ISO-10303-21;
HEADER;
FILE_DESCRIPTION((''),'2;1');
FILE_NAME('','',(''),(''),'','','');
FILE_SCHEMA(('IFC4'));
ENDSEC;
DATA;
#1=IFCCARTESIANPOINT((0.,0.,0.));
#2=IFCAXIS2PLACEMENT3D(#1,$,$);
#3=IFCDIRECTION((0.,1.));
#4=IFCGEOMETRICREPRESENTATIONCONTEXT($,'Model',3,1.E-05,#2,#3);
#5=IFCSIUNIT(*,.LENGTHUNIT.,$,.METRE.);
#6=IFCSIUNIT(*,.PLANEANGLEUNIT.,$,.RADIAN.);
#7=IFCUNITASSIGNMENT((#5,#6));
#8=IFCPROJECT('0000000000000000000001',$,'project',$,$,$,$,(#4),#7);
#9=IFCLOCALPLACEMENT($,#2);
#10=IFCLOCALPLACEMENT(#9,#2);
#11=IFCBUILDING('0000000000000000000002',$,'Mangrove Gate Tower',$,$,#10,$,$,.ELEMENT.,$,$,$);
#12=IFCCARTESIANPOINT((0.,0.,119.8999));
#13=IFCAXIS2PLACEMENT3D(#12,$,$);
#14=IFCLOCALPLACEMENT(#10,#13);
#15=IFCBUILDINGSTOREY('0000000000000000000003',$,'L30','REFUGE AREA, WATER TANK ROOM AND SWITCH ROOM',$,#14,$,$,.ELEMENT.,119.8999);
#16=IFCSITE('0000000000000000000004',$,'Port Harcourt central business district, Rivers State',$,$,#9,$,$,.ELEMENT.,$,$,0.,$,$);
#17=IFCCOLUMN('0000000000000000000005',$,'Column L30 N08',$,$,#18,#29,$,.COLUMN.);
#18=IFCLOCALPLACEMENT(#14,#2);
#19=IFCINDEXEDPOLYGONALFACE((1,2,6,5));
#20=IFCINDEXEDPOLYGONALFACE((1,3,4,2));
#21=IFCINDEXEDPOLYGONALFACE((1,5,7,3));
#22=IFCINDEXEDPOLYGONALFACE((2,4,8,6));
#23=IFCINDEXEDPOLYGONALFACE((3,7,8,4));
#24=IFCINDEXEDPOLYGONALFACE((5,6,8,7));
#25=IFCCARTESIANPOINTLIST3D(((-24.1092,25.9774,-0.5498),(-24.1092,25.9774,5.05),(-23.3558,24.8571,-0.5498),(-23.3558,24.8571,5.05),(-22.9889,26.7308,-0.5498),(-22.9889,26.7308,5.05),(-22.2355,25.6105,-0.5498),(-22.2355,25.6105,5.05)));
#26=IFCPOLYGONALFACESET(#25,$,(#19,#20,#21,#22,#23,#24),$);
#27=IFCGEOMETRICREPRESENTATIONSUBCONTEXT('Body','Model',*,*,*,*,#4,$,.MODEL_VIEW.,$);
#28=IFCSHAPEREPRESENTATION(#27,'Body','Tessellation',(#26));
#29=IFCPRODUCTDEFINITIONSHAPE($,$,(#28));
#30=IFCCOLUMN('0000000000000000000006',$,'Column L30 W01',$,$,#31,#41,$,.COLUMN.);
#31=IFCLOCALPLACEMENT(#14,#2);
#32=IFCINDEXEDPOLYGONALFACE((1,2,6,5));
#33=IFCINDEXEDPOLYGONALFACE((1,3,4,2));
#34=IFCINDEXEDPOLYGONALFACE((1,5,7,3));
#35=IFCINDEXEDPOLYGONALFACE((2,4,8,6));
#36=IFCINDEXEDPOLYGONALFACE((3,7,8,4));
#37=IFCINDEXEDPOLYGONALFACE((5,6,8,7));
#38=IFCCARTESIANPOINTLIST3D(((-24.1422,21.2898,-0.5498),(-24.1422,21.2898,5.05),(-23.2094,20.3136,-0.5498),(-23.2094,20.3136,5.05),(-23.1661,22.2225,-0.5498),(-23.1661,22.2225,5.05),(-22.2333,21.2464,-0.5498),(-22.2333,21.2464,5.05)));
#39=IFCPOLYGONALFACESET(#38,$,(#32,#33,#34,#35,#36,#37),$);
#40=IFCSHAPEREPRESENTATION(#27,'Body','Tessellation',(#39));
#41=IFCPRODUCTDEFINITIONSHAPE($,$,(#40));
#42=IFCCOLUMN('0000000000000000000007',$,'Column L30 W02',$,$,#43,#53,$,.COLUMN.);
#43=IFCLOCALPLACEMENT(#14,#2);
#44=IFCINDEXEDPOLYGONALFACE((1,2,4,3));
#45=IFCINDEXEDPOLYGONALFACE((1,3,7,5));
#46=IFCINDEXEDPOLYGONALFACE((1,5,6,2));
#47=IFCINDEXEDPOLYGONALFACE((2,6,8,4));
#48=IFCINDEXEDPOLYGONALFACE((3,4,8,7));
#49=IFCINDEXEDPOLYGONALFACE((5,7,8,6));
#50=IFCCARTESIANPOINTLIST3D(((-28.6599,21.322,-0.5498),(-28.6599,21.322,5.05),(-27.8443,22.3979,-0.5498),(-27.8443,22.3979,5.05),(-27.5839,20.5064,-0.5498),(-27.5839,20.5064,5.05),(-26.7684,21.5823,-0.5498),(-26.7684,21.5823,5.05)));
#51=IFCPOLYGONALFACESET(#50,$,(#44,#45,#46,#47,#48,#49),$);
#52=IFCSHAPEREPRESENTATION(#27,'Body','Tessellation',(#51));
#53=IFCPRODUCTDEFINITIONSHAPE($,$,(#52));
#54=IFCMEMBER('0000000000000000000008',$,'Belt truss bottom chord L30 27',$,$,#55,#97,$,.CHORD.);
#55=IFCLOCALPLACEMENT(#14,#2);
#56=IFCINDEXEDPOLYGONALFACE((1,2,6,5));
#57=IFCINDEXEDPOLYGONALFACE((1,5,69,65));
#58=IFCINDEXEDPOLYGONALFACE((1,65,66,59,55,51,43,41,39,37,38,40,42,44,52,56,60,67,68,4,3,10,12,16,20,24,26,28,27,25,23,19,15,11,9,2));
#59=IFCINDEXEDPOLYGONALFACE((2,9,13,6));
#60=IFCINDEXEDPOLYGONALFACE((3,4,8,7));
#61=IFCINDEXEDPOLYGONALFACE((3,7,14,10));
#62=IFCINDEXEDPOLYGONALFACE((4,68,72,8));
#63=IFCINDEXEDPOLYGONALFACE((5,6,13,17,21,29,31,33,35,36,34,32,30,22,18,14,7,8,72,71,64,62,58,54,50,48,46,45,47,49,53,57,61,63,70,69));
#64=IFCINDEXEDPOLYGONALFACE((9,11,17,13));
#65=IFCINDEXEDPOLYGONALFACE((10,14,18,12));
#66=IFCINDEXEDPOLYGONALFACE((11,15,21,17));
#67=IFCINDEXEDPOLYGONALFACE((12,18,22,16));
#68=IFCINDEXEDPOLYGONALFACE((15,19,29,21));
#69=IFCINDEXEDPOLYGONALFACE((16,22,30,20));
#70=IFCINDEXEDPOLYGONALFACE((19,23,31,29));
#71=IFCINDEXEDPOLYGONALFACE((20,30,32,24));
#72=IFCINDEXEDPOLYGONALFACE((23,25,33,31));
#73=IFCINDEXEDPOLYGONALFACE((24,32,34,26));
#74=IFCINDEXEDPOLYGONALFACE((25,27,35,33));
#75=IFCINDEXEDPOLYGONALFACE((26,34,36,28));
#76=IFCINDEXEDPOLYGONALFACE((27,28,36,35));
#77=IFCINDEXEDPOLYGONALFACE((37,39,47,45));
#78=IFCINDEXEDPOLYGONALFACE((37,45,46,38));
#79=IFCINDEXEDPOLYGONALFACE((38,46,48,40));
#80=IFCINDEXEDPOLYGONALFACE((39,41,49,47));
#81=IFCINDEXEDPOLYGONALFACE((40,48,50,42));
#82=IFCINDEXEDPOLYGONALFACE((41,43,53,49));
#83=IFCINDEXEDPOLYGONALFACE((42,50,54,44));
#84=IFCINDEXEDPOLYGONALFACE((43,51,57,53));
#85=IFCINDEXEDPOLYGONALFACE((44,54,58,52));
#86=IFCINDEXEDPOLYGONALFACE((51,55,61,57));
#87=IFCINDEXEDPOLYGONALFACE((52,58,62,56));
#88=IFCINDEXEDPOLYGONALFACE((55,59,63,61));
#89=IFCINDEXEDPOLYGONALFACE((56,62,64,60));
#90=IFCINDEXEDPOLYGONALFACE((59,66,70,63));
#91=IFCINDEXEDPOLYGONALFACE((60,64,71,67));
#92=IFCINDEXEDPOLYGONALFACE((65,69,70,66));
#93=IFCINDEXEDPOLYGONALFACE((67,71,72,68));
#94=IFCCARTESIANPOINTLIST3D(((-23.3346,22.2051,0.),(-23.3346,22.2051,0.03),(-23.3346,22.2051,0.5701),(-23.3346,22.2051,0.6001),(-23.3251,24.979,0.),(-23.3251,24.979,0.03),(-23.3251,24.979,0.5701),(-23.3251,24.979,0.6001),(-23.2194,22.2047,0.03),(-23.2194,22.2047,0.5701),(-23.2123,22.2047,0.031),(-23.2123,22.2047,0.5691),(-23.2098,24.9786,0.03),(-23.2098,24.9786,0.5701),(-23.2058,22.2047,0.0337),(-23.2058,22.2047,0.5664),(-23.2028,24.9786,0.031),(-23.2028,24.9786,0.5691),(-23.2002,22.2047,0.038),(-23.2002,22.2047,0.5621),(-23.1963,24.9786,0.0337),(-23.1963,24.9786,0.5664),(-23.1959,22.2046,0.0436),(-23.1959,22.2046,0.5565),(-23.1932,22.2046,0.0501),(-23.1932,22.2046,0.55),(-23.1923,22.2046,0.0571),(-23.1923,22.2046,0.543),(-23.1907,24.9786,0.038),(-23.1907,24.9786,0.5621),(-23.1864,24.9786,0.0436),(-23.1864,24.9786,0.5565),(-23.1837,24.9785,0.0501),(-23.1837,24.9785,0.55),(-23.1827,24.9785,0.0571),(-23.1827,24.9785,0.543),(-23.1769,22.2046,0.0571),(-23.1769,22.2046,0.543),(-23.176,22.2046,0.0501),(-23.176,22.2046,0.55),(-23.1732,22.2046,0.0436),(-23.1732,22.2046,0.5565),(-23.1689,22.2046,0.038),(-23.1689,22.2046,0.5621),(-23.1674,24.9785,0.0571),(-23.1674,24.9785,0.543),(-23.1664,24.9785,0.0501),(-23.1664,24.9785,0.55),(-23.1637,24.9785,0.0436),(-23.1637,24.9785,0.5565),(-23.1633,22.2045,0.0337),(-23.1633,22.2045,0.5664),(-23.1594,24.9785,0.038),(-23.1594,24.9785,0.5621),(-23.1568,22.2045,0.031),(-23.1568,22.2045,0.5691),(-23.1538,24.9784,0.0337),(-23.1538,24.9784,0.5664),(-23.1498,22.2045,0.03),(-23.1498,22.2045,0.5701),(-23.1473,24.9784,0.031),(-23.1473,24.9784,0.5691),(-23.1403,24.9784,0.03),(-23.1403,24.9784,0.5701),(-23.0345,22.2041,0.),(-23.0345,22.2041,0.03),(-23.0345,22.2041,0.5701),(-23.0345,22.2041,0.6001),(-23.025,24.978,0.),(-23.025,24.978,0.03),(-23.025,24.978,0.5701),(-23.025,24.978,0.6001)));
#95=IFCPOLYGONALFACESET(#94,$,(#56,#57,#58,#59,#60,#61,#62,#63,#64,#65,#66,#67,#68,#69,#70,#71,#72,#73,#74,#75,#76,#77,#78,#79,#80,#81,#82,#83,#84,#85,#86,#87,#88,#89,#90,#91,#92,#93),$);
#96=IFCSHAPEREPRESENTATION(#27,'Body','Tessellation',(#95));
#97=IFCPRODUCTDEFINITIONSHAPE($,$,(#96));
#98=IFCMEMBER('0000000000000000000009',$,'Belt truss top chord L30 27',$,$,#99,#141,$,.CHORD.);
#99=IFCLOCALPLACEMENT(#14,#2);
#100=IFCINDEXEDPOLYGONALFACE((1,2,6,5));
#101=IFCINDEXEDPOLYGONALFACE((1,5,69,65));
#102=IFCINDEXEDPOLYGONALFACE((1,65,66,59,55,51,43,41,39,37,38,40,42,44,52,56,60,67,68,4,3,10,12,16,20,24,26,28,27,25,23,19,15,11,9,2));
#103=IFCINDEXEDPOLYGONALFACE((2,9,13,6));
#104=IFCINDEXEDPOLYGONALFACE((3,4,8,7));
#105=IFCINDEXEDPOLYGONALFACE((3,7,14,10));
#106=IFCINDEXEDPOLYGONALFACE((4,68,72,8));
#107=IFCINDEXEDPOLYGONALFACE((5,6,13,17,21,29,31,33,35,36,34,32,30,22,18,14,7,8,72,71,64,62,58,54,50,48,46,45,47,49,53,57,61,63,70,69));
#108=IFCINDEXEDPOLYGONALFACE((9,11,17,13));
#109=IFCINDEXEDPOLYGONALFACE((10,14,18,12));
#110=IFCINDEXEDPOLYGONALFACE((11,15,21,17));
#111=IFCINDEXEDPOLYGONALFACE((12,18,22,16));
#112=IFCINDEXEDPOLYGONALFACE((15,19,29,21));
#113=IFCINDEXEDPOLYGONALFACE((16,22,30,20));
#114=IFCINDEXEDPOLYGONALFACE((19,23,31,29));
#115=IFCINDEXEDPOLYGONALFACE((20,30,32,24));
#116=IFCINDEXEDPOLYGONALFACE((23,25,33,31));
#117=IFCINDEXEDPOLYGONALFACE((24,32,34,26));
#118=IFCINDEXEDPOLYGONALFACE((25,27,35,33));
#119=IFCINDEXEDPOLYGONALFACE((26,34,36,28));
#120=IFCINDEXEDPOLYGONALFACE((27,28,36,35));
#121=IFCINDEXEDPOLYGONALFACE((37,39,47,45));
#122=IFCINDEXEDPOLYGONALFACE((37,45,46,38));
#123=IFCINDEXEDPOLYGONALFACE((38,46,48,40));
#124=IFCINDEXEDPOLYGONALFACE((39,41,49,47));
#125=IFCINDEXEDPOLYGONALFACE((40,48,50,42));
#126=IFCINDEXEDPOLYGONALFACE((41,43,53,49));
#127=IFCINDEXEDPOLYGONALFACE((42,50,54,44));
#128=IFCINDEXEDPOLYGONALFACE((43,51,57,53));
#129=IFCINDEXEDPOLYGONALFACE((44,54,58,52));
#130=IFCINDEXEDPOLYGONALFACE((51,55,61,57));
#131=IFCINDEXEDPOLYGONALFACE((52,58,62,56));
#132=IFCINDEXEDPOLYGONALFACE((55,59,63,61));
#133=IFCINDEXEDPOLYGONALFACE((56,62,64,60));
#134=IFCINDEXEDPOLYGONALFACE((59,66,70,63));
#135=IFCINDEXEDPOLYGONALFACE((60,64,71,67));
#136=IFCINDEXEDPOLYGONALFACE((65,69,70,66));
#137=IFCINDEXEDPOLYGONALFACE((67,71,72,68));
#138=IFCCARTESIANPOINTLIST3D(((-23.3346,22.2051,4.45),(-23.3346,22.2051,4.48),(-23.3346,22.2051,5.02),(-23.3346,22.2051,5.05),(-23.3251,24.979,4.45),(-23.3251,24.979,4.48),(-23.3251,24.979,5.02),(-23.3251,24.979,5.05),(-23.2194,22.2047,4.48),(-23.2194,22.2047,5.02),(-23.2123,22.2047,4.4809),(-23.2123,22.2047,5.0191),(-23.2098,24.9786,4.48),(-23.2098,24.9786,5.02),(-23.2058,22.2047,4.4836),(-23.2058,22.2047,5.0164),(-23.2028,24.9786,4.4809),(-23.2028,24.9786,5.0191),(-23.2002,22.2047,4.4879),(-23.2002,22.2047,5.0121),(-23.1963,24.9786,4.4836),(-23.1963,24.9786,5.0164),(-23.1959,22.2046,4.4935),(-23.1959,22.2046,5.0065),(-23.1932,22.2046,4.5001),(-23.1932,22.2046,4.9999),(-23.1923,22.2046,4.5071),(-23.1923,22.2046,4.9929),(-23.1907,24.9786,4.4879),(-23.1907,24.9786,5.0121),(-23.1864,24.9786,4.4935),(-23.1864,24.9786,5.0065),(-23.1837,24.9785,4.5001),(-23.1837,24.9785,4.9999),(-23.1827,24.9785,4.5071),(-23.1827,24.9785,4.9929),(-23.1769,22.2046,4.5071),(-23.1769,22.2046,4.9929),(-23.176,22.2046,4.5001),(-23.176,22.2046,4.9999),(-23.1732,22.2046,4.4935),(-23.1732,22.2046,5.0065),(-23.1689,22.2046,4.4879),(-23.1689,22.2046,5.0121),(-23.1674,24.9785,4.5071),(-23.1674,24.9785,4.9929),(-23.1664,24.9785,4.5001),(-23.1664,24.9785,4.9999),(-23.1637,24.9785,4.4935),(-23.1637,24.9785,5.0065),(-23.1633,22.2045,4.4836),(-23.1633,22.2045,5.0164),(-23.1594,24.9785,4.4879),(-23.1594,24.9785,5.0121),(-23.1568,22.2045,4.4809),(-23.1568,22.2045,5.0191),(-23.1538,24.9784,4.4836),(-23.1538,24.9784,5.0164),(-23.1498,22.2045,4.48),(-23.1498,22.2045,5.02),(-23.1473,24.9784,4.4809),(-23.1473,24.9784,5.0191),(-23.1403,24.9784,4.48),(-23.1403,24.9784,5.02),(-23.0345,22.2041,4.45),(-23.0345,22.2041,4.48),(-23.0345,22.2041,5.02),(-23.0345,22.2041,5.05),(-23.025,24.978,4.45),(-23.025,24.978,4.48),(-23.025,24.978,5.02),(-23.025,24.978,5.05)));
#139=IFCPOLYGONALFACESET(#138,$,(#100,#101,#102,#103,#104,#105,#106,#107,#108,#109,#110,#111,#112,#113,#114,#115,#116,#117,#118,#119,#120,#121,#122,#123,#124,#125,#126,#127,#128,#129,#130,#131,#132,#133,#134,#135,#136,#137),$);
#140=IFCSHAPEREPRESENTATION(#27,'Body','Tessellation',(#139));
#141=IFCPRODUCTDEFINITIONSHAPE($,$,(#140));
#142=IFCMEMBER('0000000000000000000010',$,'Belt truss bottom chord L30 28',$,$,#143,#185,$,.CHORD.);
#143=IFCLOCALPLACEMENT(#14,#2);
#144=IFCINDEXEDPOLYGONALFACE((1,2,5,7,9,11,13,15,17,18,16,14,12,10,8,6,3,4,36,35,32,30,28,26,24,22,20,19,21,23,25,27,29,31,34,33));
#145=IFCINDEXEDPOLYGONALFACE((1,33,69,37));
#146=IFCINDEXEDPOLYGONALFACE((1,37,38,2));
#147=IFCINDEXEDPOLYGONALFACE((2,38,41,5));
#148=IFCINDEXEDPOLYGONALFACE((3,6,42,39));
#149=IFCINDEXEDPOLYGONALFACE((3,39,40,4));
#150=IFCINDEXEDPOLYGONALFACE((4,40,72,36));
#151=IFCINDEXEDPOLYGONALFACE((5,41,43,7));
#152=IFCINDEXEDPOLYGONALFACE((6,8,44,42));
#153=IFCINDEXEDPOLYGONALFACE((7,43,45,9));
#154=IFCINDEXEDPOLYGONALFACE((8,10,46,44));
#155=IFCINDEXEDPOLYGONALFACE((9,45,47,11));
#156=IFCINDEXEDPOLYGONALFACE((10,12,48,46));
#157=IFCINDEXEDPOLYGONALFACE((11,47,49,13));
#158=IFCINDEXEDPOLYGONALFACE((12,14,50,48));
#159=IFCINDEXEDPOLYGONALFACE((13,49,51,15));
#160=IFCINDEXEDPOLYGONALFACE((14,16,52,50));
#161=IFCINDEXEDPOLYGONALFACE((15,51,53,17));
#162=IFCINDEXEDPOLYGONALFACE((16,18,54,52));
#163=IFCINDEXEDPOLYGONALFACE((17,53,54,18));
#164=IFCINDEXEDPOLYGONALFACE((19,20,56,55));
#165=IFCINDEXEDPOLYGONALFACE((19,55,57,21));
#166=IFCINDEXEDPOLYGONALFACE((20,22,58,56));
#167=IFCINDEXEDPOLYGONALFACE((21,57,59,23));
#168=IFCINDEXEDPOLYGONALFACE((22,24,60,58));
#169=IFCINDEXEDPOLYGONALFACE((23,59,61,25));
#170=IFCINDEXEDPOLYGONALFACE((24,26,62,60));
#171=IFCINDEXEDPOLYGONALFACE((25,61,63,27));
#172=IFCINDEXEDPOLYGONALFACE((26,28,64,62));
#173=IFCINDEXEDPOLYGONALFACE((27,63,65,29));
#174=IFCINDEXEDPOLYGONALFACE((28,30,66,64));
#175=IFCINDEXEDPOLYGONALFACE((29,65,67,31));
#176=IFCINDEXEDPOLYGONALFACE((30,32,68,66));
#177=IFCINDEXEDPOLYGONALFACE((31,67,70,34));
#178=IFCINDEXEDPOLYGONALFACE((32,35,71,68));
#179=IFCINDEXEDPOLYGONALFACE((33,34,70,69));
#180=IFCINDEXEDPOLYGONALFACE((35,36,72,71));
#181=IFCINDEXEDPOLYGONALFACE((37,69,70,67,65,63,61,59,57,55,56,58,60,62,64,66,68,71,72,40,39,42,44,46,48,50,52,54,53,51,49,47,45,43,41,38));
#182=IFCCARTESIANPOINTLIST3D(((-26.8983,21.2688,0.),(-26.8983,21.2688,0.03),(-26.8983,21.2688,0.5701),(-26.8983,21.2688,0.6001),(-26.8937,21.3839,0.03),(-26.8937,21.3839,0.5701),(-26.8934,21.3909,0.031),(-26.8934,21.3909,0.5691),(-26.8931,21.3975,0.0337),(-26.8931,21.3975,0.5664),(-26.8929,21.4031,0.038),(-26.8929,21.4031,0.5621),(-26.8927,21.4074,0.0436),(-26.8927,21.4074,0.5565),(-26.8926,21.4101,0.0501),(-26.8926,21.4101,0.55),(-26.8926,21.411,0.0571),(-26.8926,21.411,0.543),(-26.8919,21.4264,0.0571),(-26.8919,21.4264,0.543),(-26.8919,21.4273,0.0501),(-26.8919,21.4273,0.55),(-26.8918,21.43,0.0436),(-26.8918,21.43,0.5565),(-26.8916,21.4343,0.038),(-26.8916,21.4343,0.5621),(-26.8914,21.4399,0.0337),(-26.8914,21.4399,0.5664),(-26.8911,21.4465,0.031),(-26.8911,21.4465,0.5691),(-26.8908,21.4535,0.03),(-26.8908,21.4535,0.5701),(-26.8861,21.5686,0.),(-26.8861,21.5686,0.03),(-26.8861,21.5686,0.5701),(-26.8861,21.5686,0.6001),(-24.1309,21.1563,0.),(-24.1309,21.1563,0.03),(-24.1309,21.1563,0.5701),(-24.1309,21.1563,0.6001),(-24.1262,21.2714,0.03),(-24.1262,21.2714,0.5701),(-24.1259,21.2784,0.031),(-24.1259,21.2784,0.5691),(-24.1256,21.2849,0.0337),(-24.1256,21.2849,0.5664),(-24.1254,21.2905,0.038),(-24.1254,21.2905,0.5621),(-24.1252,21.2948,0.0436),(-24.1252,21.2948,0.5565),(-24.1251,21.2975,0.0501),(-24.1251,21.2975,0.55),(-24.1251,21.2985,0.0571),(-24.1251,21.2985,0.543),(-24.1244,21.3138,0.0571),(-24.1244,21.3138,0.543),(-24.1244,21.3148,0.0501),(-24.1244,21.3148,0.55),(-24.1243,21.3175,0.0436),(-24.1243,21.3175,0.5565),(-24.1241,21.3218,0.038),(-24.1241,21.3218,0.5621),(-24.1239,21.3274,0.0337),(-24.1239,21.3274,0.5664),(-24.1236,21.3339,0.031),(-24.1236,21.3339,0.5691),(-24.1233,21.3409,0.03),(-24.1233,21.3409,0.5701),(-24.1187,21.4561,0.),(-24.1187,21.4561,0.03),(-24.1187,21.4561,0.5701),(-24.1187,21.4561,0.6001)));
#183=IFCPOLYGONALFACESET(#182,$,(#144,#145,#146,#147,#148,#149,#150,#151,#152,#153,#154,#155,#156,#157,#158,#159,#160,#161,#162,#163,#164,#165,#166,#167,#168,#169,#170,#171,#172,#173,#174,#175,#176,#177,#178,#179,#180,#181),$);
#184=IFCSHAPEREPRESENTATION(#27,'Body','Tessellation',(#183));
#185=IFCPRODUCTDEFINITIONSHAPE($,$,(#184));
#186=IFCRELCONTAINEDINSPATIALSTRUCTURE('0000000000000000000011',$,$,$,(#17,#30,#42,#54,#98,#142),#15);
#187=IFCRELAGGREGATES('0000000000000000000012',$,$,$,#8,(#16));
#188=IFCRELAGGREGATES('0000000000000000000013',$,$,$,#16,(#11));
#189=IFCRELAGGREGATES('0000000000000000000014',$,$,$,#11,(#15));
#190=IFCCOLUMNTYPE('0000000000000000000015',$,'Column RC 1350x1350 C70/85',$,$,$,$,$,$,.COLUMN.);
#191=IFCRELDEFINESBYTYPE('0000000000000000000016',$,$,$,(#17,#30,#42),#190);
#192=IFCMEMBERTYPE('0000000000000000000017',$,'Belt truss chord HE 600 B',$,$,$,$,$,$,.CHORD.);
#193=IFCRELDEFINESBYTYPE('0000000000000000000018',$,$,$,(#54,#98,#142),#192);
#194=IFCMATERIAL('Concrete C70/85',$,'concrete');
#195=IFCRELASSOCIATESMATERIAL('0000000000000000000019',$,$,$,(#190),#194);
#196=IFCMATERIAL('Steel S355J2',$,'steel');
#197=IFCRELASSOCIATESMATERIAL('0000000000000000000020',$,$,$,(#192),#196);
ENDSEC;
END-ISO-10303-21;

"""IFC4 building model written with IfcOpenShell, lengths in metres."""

from ifc_helpers import new_model, si_unit, direction, frame, origin, origin_2d, place, context, subcontext, project, spatial, rectangle, i_section, extrude, material, material_profile, profile_set, type_object, element, save


model = new_model("IFC4")

# Units and contexts
model_context = context("Model", 3, precision=1e-05, world=origin(), true_north=direction((0.0, 1.0)))
body_context = subcontext(model_context, "Body", "Model", "MODEL_VIEW")
ifc_project = project(units=[si_unit("LENGTHUNIT", "METRE"), si_unit("PLANEANGLEUNIT", "RADIAN")], contexts=[model_context])

# Site, building, storey
site_placement = place(None, origin())
site = spatial("IfcSite", under=ifc_project, at=site_placement, Name="Port Harcourt central business district, Rivers State", CompositionType="ELEMENT", RefElevation=0.0)
building_placement = place(site_placement, origin())
building = spatial("IfcBuilding", under=site, at=building_placement, Name="Mangrove Gate Tower", CompositionType="ELEMENT")
storey_placement = place(building_placement, frame((0.0, 0.0, 119.8999)))
storey = spatial("IfcBuildingStorey", under=building, at=storey_placement, Name="L30", Description="REFUGE AREA, WATER TANK ROOM AND SWITCH ROOM", CompositionType="ELEMENT", Elevation=119.8999)

# Columns
ifc_material_1 = material(Name="Concrete C70/85", Category="concrete")
ifc_material_profile_1 = material_profile(ifc_material_1, rectangle(XDim=1.3501, YDim=1.3501, at=origin_2d()))
ifc_profile_set_1 = profile_set([ifc_material_profile_1], Name="Concrete C70/85")
column_type = type_object("IfcColumnType", Name="Column RC 1350x1350 C70/85", PredefinedType="COLUMN", material=ifc_profile_set_1)
for number, where, z_axis, x_axis, name in (
    (1, (-23.1724, 25.7939, -0.5498), (0.0, 0.0, 1.0), (-0.829826, -0.558023, 0.0), "Column L30 N08"),
    (2, (-23.1877, 21.2681, -0.5498), (0.0, 0.0, 1.0), (-0.722989, -0.69086, 0.0), "Column L30 W01"),
    (3, (-27.7141, 21.4521, -0.5498), (0.0, 0.0, 1.0), (-0.604088, -0.796917, 0.0), "Column L30 W02"),
):
    element("IfcColumn", number, at=place(storey_placement, frame(where, z_axis=z_axis, x_axis=x_axis)), inside=storey, type_object=column_type, Name=name, PredefinedType="COLUMN", context=body_context, shape_type="SweptSolid", body=[
        extrude(rectangle(XDim=1.3501, YDim=1.3501, at=origin_2d()), origin(), (0.0, 0.0, 1.0), 5.5999),
    ])

# Members
ifc_material_2 = material(Name="Steel S355J2", Category="steel")
ifc_material_profile_2 = material_profile(ifc_material_2, i_section(OverallWidth=0.3, OverallDepth=0.6001, WebThickness=0.0154, FlangeThickness=0.03, FilletRadius=0.0271, at=origin_2d()))
ifc_profile_set_2 = profile_set([ifc_material_profile_2], Name="Steel S355J2")
member_type_1 = type_object("IfcMemberType", Name="Belt truss chord HE 600 B", PredefinedType="CHORD", material=ifc_profile_set_2)
for number, where, z_axis, x_axis, name in (
    (4, (-23.175, 24.9785, 0.3), (-0.003432, -0.999994, 0.0), (0.999994, -0.003432, 0.0), "Belt truss bottom chord L30 27"),
    (5, (-23.175, 24.9785, 4.75), (-0.003432, -0.999994, 0.0), (0.999994, -0.003432, 0.0), "Belt truss top chord L30 27"),
):
    element("IfcMember", number, at=place(storey_placement, frame(where, z_axis=z_axis, x_axis=x_axis)), inside=storey, type_object=member_type_1, Name=name, PredefinedType="CHORD", context=body_context, shape_type="SweptSolid", body=[
        extrude(i_section(OverallWidth=0.3, OverallDepth=0.6001, WebThickness=0.0154, FlangeThickness=0.03, FilletRadius=0.0271, at=origin_2d()), origin(), (0.0, 0.0, 1.0), 2.7739),
    ])
for number, where, z_axis, x_axis, name in (
    (6, (-24.1248, 21.3062, 0.3), (-0.999174, 0.040633, 0.0), (-0.040633, -0.999174, 0.0), "Belt truss bottom chord L30 28"),
):
    element("IfcMember", number, at=place(storey_placement, frame(where, z_axis=z_axis, x_axis=x_axis)), inside=storey, type_object=member_type_1, Name=name, PredefinedType="CHORD", context=body_context, shape_type="SweptSolid", body=[
        extrude(i_section(OverallWidth=0.3, OverallDepth=0.6001, WebThickness=0.0154, FlangeThickness=0.03, FilletRadius=0.0271, at=origin_2d()), origin(), (0.0, 0.0, 1.0), 2.7698),
    ])

save(model, "model.ifc")
